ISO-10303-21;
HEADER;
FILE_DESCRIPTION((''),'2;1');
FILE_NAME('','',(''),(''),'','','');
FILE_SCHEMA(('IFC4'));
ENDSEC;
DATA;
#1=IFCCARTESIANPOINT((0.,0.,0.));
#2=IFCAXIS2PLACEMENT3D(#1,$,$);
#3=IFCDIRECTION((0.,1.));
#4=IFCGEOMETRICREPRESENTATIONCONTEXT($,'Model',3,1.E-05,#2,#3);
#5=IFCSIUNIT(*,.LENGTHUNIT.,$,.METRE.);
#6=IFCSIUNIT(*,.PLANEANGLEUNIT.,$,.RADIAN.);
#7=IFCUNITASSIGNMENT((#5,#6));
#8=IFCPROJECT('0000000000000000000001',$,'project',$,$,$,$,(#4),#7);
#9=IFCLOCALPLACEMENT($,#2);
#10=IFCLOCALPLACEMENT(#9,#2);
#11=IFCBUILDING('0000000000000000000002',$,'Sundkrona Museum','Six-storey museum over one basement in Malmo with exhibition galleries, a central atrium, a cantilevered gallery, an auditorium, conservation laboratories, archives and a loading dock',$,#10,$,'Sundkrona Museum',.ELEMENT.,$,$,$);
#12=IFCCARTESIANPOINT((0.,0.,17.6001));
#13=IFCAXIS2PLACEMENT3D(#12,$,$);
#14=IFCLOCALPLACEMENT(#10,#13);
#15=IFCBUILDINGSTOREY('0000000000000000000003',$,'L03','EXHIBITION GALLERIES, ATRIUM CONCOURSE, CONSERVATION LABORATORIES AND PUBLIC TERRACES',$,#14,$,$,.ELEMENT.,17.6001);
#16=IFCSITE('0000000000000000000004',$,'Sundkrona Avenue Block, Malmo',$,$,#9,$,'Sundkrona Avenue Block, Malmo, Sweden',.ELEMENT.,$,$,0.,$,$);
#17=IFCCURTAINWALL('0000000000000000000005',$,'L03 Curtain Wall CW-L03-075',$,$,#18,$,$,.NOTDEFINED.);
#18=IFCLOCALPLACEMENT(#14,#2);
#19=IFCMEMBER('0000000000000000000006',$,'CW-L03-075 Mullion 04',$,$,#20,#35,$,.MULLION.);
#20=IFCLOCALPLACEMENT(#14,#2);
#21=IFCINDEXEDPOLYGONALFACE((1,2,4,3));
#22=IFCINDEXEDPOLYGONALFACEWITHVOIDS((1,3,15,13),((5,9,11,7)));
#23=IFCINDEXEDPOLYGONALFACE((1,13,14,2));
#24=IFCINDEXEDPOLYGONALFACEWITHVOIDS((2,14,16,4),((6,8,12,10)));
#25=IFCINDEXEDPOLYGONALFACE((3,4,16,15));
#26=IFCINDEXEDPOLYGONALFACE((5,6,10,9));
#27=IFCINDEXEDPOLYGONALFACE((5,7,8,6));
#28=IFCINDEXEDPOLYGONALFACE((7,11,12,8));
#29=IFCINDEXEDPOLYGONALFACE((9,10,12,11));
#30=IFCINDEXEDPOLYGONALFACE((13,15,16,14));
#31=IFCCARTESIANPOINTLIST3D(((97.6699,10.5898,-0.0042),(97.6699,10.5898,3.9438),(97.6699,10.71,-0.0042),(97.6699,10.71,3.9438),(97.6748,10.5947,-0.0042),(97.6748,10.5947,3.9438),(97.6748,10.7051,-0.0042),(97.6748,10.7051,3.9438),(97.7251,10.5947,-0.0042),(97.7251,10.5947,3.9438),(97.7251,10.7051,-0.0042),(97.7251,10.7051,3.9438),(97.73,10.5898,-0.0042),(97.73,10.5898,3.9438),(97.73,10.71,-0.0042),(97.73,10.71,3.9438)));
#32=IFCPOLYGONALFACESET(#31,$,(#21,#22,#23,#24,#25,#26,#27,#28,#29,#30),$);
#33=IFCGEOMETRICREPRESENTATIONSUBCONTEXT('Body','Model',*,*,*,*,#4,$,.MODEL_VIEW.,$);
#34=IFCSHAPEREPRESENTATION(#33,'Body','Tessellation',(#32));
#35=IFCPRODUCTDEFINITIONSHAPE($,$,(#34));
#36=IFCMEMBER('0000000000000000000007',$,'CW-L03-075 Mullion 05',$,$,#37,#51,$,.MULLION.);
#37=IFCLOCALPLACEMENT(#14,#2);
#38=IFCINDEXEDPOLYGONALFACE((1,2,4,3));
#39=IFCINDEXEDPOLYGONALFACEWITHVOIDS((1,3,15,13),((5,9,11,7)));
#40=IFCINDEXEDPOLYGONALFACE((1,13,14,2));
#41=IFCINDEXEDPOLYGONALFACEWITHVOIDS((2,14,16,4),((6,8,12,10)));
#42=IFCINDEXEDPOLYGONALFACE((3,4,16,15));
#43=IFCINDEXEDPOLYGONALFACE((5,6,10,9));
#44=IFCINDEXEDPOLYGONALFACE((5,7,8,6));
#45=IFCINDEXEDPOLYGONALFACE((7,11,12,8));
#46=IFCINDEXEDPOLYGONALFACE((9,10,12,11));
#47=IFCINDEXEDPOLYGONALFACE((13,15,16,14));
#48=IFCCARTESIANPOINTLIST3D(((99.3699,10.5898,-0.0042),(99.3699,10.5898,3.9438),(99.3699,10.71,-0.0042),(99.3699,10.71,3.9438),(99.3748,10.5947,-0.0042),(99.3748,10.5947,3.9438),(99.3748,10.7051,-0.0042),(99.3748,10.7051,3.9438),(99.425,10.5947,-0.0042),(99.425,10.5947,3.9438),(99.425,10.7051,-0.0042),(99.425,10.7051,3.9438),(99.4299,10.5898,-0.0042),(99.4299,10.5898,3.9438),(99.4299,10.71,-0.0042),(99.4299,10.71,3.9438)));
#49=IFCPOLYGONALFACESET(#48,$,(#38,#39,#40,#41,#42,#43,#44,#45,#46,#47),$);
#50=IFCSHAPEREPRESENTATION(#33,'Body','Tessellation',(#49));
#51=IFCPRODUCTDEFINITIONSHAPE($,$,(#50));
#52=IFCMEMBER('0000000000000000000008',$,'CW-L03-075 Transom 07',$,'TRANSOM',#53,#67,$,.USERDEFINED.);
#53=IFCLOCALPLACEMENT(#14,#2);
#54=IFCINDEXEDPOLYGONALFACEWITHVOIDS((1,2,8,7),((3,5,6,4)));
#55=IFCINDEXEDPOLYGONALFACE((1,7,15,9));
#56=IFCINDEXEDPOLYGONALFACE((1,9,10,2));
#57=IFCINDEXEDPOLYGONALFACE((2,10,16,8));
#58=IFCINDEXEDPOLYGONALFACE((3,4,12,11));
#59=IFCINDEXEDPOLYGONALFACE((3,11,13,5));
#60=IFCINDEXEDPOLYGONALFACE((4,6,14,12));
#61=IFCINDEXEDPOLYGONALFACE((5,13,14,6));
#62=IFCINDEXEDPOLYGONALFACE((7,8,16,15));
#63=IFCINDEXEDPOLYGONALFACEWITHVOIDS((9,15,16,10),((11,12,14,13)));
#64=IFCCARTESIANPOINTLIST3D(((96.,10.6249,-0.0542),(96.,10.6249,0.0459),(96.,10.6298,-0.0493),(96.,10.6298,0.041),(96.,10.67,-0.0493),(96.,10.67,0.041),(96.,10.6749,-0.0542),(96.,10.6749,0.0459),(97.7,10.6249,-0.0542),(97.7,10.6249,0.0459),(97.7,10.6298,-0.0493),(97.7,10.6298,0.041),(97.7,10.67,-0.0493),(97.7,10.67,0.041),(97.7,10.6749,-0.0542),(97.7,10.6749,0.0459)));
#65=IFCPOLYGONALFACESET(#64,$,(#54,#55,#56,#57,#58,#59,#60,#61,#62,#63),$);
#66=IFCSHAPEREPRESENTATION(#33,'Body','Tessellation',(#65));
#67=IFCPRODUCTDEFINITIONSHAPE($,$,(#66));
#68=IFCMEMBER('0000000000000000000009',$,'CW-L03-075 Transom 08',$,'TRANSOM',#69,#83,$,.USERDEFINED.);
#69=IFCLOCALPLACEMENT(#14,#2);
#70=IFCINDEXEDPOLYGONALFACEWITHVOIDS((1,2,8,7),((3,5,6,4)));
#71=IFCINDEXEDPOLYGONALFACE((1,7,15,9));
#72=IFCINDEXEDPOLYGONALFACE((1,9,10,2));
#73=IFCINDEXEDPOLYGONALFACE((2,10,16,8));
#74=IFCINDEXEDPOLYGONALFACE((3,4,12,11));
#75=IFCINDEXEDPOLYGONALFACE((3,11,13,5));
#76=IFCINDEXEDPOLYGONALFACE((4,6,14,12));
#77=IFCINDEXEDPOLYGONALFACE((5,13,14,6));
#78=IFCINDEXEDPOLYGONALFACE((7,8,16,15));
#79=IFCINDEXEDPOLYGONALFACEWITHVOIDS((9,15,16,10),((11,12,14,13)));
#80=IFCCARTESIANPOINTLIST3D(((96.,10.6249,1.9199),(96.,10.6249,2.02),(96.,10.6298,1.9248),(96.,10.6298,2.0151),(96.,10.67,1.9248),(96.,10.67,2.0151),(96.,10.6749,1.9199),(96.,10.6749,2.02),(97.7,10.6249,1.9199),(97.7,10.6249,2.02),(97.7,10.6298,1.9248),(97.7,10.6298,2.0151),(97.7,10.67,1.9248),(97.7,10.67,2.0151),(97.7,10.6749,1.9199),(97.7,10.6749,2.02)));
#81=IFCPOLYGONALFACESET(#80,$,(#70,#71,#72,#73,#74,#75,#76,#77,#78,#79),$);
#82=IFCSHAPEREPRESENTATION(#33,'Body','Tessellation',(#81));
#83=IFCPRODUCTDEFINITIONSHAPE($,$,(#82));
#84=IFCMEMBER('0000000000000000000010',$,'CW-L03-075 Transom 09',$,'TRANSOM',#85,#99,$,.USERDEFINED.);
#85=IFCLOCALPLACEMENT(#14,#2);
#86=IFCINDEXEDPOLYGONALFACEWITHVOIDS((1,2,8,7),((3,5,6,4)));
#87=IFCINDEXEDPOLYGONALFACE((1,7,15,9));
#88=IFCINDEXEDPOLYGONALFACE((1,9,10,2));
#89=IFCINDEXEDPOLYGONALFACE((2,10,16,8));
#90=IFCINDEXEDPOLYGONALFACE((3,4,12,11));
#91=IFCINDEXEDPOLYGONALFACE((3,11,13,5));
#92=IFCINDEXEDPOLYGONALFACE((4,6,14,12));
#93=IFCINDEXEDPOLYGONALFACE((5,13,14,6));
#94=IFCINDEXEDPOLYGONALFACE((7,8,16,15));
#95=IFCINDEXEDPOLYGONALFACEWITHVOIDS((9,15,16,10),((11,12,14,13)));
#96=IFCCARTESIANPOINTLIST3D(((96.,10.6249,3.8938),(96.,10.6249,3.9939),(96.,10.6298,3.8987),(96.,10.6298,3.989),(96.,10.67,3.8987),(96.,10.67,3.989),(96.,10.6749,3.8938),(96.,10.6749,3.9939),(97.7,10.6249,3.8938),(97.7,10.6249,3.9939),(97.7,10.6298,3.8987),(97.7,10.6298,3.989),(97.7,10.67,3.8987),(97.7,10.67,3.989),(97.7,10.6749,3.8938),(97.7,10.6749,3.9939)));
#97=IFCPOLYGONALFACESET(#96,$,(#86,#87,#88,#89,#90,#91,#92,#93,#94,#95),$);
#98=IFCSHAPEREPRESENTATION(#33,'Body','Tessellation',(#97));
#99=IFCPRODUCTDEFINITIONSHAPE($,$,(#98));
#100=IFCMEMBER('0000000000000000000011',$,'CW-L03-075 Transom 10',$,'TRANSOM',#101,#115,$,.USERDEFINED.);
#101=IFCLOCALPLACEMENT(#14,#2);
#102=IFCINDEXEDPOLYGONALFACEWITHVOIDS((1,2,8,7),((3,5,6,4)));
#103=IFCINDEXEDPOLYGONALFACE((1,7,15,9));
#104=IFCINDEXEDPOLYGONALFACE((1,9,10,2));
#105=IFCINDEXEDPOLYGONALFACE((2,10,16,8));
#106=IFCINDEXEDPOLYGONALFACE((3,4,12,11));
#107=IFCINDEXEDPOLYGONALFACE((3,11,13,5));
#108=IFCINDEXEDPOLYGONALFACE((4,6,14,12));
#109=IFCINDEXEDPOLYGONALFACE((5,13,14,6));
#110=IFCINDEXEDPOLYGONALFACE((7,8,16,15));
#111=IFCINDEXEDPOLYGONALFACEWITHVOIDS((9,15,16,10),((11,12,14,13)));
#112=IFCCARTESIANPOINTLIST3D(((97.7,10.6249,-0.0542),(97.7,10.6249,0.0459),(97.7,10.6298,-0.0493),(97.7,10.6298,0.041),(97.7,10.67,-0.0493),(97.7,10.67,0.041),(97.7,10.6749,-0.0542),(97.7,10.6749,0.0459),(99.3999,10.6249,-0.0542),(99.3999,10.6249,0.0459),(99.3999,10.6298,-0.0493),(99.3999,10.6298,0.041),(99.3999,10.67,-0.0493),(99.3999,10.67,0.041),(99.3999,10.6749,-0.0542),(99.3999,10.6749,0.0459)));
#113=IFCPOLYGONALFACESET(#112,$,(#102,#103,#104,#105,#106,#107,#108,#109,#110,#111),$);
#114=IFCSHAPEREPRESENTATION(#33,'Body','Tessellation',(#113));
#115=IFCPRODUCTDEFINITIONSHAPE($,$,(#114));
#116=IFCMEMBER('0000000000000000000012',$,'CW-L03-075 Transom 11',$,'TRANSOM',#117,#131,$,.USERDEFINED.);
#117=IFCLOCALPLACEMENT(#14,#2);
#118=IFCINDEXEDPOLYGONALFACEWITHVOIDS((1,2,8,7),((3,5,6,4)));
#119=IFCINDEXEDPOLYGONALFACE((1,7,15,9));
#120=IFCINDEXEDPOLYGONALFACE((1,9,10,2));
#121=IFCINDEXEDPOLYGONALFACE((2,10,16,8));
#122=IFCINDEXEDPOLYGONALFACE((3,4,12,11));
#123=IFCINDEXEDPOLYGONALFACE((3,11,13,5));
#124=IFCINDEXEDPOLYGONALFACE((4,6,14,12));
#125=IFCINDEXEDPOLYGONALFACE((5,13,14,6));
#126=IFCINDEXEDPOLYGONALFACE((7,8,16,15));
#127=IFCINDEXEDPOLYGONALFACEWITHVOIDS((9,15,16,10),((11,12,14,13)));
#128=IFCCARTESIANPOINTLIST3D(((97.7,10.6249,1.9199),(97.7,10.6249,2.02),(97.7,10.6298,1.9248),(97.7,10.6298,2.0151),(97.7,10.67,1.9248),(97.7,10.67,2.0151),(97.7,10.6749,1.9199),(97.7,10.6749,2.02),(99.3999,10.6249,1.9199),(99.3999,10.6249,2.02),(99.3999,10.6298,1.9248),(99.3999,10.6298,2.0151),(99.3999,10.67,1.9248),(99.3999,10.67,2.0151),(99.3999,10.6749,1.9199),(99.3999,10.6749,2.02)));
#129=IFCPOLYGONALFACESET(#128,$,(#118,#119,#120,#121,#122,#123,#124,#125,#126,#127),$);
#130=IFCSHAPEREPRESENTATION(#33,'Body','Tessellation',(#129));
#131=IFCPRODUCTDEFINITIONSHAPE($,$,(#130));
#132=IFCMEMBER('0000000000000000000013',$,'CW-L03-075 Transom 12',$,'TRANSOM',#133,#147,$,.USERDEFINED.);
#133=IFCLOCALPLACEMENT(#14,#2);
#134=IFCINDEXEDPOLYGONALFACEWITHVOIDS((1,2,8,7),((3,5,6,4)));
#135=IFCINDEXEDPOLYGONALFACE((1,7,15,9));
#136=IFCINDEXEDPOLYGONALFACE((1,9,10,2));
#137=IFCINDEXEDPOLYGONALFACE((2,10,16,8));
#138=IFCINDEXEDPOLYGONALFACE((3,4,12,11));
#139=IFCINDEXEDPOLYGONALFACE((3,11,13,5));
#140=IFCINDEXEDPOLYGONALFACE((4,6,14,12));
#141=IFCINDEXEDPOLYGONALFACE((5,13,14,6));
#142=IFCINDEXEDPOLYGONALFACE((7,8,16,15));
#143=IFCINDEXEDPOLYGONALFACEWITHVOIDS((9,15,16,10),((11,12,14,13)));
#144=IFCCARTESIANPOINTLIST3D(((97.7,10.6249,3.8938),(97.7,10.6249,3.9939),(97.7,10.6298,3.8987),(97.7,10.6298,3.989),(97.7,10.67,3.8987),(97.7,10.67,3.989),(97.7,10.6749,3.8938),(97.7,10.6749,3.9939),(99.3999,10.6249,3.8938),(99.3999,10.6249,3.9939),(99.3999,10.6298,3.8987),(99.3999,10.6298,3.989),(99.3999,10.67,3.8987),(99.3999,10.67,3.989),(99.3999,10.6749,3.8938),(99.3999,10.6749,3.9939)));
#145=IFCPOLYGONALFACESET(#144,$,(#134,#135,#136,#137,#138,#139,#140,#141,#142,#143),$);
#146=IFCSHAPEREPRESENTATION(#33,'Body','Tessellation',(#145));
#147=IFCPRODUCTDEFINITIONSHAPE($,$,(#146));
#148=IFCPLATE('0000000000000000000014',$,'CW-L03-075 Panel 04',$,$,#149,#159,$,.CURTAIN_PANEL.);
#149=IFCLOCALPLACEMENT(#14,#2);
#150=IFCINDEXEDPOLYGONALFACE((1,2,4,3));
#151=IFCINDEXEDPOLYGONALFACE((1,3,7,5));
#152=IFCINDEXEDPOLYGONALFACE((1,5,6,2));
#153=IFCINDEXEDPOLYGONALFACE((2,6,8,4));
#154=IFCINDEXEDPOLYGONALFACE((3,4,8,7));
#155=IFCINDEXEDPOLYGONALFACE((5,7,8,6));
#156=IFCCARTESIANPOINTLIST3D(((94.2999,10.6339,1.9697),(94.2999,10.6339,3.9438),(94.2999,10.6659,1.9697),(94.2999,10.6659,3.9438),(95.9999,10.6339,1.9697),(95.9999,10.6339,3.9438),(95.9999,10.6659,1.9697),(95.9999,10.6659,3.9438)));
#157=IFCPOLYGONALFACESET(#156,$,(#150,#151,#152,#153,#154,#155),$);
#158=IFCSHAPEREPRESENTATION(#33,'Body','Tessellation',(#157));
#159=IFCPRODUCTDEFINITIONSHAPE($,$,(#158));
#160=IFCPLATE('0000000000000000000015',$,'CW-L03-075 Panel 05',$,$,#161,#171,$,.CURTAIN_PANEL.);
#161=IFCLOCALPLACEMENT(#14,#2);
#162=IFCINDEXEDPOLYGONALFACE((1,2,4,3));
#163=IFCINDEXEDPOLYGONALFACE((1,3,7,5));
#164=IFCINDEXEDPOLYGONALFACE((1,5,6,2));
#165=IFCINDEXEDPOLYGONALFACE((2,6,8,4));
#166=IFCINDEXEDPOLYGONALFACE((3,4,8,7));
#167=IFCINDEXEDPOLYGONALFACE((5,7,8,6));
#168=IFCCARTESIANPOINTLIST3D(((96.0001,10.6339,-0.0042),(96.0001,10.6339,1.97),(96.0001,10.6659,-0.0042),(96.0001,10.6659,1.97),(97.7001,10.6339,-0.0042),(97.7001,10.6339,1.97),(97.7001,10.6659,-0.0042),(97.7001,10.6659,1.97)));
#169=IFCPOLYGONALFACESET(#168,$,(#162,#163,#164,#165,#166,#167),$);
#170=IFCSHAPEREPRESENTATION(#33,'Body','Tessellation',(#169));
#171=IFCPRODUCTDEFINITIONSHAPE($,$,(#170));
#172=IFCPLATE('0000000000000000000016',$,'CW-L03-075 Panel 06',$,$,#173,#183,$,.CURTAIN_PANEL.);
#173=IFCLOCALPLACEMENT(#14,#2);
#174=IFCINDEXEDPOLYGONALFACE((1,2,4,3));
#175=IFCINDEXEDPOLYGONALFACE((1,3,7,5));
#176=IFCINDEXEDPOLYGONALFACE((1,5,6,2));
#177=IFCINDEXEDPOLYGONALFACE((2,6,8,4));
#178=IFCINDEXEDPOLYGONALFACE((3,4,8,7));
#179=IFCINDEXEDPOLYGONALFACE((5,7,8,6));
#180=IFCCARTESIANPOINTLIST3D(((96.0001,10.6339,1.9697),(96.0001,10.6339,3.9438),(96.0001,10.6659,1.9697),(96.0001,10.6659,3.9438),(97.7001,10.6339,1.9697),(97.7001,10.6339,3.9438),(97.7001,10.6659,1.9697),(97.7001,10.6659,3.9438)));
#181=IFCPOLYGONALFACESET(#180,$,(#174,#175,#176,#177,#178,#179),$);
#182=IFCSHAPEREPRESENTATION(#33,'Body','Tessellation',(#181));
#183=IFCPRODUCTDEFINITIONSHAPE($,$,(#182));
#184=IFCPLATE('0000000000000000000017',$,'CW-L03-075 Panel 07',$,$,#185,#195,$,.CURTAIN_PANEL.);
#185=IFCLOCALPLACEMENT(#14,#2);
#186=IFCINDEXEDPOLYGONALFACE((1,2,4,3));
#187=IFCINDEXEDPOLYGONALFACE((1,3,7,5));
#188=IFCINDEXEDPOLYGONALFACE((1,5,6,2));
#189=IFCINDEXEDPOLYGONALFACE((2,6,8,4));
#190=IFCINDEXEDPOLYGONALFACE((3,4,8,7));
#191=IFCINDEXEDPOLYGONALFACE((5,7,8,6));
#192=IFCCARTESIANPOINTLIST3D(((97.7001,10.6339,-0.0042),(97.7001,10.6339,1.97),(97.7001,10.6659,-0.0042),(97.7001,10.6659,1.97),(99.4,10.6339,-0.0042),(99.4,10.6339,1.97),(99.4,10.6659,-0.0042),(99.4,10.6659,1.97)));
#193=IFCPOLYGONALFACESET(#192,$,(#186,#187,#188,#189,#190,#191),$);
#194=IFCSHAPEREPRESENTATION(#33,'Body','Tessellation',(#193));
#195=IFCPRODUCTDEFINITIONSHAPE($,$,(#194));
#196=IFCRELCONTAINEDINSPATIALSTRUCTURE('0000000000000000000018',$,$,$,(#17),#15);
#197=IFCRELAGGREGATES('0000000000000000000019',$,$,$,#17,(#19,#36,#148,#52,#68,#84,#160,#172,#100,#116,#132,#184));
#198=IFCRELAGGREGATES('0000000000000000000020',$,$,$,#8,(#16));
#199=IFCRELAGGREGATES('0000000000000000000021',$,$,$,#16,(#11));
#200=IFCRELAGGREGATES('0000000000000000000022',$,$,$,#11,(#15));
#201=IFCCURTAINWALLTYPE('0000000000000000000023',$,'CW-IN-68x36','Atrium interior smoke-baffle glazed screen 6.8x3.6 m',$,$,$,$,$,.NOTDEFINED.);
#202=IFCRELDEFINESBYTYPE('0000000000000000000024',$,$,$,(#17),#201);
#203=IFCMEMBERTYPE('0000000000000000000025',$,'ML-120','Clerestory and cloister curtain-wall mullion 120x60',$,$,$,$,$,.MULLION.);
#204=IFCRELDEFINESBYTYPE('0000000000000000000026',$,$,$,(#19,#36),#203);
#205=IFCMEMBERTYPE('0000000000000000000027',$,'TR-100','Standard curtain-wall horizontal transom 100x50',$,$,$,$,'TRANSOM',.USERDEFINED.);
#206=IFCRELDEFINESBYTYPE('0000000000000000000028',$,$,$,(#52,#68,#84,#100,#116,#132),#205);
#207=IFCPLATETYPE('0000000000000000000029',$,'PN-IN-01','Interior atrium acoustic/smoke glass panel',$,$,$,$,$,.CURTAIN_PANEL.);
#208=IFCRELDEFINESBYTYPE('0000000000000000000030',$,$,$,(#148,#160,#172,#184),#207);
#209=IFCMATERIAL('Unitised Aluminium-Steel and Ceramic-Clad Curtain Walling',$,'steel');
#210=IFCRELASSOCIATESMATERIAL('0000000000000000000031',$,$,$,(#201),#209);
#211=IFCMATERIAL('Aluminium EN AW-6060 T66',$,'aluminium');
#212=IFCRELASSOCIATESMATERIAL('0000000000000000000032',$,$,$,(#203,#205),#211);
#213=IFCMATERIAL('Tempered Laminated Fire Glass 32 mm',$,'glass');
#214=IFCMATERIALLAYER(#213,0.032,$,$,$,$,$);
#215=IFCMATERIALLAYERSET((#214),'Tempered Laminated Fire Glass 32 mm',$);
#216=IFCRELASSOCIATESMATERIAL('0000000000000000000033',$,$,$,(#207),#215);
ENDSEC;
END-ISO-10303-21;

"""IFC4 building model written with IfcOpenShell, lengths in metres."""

from ifc_helpers import new_model, si_unit, direction, frame, origin, origin_2d, place, context, subcontext, project, spatial, rectangle, hollow_rectangle, extrude, material, layer, layer_set, material_profile, profile_set, type_object, element, aggregate, save


model = new_model("IFC4")

# Units and contexts
model_context = context("Model", 3, precision=1e-05, world=origin(), true_north=direction((0.0, 1.0)))
body_context = subcontext(model_context, "Body", "Model", "MODEL_VIEW")
ifc_project = project(units=[si_unit("LENGTHUNIT", "METRE"), si_unit("PLANEANGLEUNIT", "RADIAN")], contexts=[model_context])

# Site, building, storey
site_placement = place(None, origin())
site = spatial("IfcSite", under=ifc_project, at=site_placement, Name="Sundkrona Avenue Block, Malmo", LongName="Sundkrona Avenue Block, Malmo, Sweden", CompositionType="ELEMENT", RefElevation=0.0)
building_placement = place(site_placement, origin())
building = spatial("IfcBuilding", under=site, at=building_placement, Name="Sundkrona Museum", Description="Six-storey museum over one basement in Malmo with exhibition galleries, a central atrium, a cantilevered gallery, an auditorium, conservation laboratories, archives and a loading dock", LongName="Sundkrona Museum", CompositionType="ELEMENT")
storey_placement = place(building_placement, frame((0.0, 0.0, 17.6001)))
storey = spatial("IfcBuildingStorey", under=building, at=storey_placement, Name="L03", Description="EXHIBITION GALLERIES, ATRIUM CONCOURSE, CONSERVATION LABORATORIES AND PUBLIC TERRACES", CompositionType="ELEMENT", Elevation=17.6001)

# Curtain wall, members, plates
ifc_material_1 = material(Name="Unitised Aluminium-Steel and Ceramic-Clad Curtain Walling", Category="steel")
curtain_wall_type = type_object("IfcCurtainWallType", Name="CW-IN-68x36", Description="Atrium interior smoke-baffle glazed screen 6.8x3.6 m", PredefinedType="NOTDEFINED", material=ifc_material_1)
curtain_wall_placement = place(storey_placement, origin())
curtain_wall = element("IfcCurtainWall", 1, at=curtain_wall_placement, inside=storey, type_object=curtain_wall_type, Name="L03 Curtain Wall CW-L03-075", PredefinedType="NOTDEFINED")
ifc_material_2 = material(Name="Aluminium EN AW-6060 T66", Category="aluminium")
ifc_material_profile_1 = material_profile(ifc_material_2, hollow_rectangle(XDim=0.0601, YDim=0.1201, WallThickness=0.0049, at=origin_2d()), Name="RHS 120x60x5.0")
ifc_profile_set_1 = profile_set([ifc_material_profile_1], Name="Aluminium EN AW-6060 T66")
member_type_1 = type_object("IfcMemberType", Name="ML-120", Description="Clerestory and cloister curtain-wall mullion 120x60", PredefinedType="MULLION", material=ifc_profile_set_1)
member_1_placement = place(storey_placement, frame((97.7, 10.6499, -0.0042), z_axis=(0.0, 0.0, 1.0), x_axis=(1.0, 0.0, 0.0)))
member_1 = element("IfcMember", 2, at=member_1_placement, type_object=member_type_1, Name="CW-L03-075 Mullion 04", PredefinedType="MULLION", context=body_context, shape_type="SweptSolid", body=[
    extrude(hollow_rectangle(XDim=0.0601, YDim=0.1201, WallThickness=0.0049, at=origin_2d()), origin(), (0.0, 0.0, 1.0), 3.948),
])
member_2_placement = place(storey_placement, frame((99.3999, 10.6499, -0.0042), z_axis=(0.0, 0.0, 1.0), x_axis=(1.0, 0.0, 0.0)))
member_2 = element("IfcMember", 3, at=member_2_placement, type_object=member_type_1, Name="CW-L03-075 Mullion 05", PredefinedType="MULLION", context=body_context, shape_type="SweptSolid", body=[
    extrude(hollow_rectangle(XDim=0.0601, YDim=0.1201, WallThickness=0.0049, at=origin_2d()), origin(), (0.0, 0.0, 1.0), 3.948),
])
ifc_material_profile_2 = material_profile(ifc_material_2, hollow_rectangle(XDim=0.05, YDim=0.1001, WallThickness=0.0049, at=origin_2d()), Name="RHS 100x50x5.0")
ifc_profile_set_2 = profile_set([ifc_material_profile_2], Name="Aluminium EN AW-6060 T66")
member_type_2 = type_object("IfcMemberType", Name="TR-100", Description="Standard curtain-wall horizontal transom 100x50", ElementType="TRANSOM", PredefinedType="USERDEFINED", material=ifc_profile_set_2)
member_3_placement = place(storey_placement, frame((96.0, 10.6499, -0.0042), z_axis=(1.0, 0.0, 0.0), x_axis=(0.0, 1.0, 0.0)))
member_3 = element("IfcMember", 4, at=member_3_placement, type_object=member_type_2, Name="CW-L03-075 Transom 07", ObjectType="TRANSOM", PredefinedType="USERDEFINED", context=body_context, shape_type="SweptSolid", body=[
    extrude(hollow_rectangle(XDim=0.05, YDim=0.1001, WallThickness=0.0049, at=origin_2d()), origin(), (0.0, 0.0, 1.0), 1.7),
])
member_4_placement = place(storey_placement, frame((96.0, 10.6499, 1.97), z_axis=(1.0, 0.0, 0.0), x_axis=(0.0, 1.0, 0.0)))
member_4 = element("IfcMember", 5, at=member_4_placement, type_object=member_type_2, Name="CW-L03-075 Transom 08", ObjectType="TRANSOM", PredefinedType="USERDEFINED", context=body_context, shape_type="SweptSolid", body=[
    extrude(hollow_rectangle(XDim=0.05, YDim=0.1001, WallThickness=0.0049, at=origin_2d()), origin(), (0.0, 0.0, 1.0), 1.7),
])
member_5_placement = place(storey_placement, frame((96.0, 10.6499, 3.9438), z_axis=(1.0, 0.0, 0.0), x_axis=(0.0, 1.0, 0.0)))
member_5 = element("IfcMember", 6, at=member_5_placement, type_object=member_type_2, Name="CW-L03-075 Transom 09", ObjectType="TRANSOM", PredefinedType="USERDEFINED", context=body_context, shape_type="SweptSolid", body=[
    extrude(hollow_rectangle(XDim=0.05, YDim=0.1001, WallThickness=0.0049, at=origin_2d()), origin(), (0.0, 0.0, 1.0), 1.7),
])
member_6_placement = place(storey_placement, frame((97.7, 10.6499, -0.0042), z_axis=(1.0, 0.0, 0.0), x_axis=(0.0, 1.0, 0.0)))
member_6 = element("IfcMember", 7, at=member_6_placement, type_object=member_type_2, Name="CW-L03-075 Transom 10", ObjectType="TRANSOM", PredefinedType="USERDEFINED", context=body_context, shape_type="SweptSolid", body=[
    extrude(hollow_rectangle(XDim=0.05, YDim=0.1001, WallThickness=0.0049, at=origin_2d()), origin(), (0.0, 0.0, 1.0), 1.7),
])
member_7_placement = place(storey_placement, frame((97.7, 10.6499, 1.97), z_axis=(1.0, 0.0, 0.0), x_axis=(0.0, 1.0, 0.0)))
member_7 = element("IfcMember", 8, at=member_7_placement, type_object=member_type_2, Name="CW-L03-075 Transom 11", ObjectType="TRANSOM", PredefinedType="USERDEFINED", context=body_context, shape_type="SweptSolid", body=[
    extrude(hollow_rectangle(XDim=0.05, YDim=0.1001, WallThickness=0.0049, at=origin_2d()), origin(), (0.0, 0.0, 1.0), 1.7),
])
member_8_placement = place(storey_placement, frame((97.7, 10.6499, 3.9438), z_axis=(1.0, 0.0, 0.0), x_axis=(0.0, 1.0, 0.0)))
member_8 = element("IfcMember", 9, at=member_8_placement, type_object=member_type_2, Name="CW-L03-075 Transom 12", ObjectType="TRANSOM", PredefinedType="USERDEFINED", context=body_context, shape_type="SweptSolid", body=[
    extrude(hollow_rectangle(XDim=0.05, YDim=0.1001, WallThickness=0.0049, at=origin_2d()), origin(), (0.0, 0.0, 1.0), 1.7),
])
ifc_material_3 = material(Name="Tempered Laminated Fire Glass 32 mm", Category="glass")
ifc_layer = layer(ifc_material_3, 0.032)
ifc_layer_set = layer_set([ifc_layer], Name="Tempered Laminated Fire Glass 32 mm")
plate_type = type_object("IfcPlateType", Name="PN-IN-01", Description="Interior atrium acoustic/smoke glass panel", PredefinedType="CURTAIN_PANEL", material=ifc_layer_set)
plate_1_placement = place(storey_placement, frame((95.1499, 10.6499, 1.9697), z_axis=(0.0, 0.0, 1.0), x_axis=(1.0, 0.0, 0.0)))
plate_1 = element("IfcPlate", 10, at=plate_1_placement, type_object=plate_type, Name="CW-L03-075 Panel 04", PredefinedType="CURTAIN_PANEL", context=body_context, shape_type="SweptSolid", body=[
    extrude(rectangle(XDim=1.7, YDim=0.032, at=origin_2d()), origin(), (0.0, 0.0, 1.0), 1.9741),
])
plate_2_placement = place(storey_placement, frame((96.8501, 10.6499, -0.0042), z_axis=(0.0, 0.0, 1.0), x_axis=(1.0, 0.0, 0.0)))
plate_2 = element("IfcPlate", 11, at=plate_2_placement, type_object=plate_type, Name="CW-L03-075 Panel 05", PredefinedType="CURTAIN_PANEL", context=body_context, shape_type="SweptSolid", body=[
    extrude(rectangle(XDim=1.7, YDim=0.032, at=origin_2d()), origin(), (0.0, 0.0, 1.0), 1.9741),
])
plate_3_placement = place(storey_placement, frame((96.8501, 10.6499, 1.9697), z_axis=(0.0, 0.0, 1.0), x_axis=(1.0, 0.0, 0.0)))
plate_3 = element("IfcPlate", 12, at=plate_3_placement, type_object=plate_type, Name="CW-L03-075 Panel 06", PredefinedType="CURTAIN_PANEL", context=body_context, shape_type="SweptSolid", body=[
    extrude(rectangle(XDim=1.7, YDim=0.032, at=origin_2d()), origin(), (0.0, 0.0, 1.0), 1.9741),
])
plate_4_placement = place(storey_placement, frame((98.55, 10.6499, -0.0042), z_axis=(0.0, 0.0, 1.0), x_axis=(1.0, 0.0, 0.0)))
plate_4 = element("IfcPlate", 13, at=plate_4_placement, type_object=plate_type, Name="CW-L03-075 Panel 07", PredefinedType="CURTAIN_PANEL", context=body_context, shape_type="SweptSolid", body=[
    extrude(rectangle(XDim=1.7, YDim=0.032, at=origin_2d()), origin(), (0.0, 0.0, 1.0), 1.9741),
])
aggregate(curtain_wall, [member_1, member_2, plate_1, member_3, member_4, member_5, plate_2, plate_3, member_6, member_7, member_8, plate_4])

save(model, "model.ifc")
